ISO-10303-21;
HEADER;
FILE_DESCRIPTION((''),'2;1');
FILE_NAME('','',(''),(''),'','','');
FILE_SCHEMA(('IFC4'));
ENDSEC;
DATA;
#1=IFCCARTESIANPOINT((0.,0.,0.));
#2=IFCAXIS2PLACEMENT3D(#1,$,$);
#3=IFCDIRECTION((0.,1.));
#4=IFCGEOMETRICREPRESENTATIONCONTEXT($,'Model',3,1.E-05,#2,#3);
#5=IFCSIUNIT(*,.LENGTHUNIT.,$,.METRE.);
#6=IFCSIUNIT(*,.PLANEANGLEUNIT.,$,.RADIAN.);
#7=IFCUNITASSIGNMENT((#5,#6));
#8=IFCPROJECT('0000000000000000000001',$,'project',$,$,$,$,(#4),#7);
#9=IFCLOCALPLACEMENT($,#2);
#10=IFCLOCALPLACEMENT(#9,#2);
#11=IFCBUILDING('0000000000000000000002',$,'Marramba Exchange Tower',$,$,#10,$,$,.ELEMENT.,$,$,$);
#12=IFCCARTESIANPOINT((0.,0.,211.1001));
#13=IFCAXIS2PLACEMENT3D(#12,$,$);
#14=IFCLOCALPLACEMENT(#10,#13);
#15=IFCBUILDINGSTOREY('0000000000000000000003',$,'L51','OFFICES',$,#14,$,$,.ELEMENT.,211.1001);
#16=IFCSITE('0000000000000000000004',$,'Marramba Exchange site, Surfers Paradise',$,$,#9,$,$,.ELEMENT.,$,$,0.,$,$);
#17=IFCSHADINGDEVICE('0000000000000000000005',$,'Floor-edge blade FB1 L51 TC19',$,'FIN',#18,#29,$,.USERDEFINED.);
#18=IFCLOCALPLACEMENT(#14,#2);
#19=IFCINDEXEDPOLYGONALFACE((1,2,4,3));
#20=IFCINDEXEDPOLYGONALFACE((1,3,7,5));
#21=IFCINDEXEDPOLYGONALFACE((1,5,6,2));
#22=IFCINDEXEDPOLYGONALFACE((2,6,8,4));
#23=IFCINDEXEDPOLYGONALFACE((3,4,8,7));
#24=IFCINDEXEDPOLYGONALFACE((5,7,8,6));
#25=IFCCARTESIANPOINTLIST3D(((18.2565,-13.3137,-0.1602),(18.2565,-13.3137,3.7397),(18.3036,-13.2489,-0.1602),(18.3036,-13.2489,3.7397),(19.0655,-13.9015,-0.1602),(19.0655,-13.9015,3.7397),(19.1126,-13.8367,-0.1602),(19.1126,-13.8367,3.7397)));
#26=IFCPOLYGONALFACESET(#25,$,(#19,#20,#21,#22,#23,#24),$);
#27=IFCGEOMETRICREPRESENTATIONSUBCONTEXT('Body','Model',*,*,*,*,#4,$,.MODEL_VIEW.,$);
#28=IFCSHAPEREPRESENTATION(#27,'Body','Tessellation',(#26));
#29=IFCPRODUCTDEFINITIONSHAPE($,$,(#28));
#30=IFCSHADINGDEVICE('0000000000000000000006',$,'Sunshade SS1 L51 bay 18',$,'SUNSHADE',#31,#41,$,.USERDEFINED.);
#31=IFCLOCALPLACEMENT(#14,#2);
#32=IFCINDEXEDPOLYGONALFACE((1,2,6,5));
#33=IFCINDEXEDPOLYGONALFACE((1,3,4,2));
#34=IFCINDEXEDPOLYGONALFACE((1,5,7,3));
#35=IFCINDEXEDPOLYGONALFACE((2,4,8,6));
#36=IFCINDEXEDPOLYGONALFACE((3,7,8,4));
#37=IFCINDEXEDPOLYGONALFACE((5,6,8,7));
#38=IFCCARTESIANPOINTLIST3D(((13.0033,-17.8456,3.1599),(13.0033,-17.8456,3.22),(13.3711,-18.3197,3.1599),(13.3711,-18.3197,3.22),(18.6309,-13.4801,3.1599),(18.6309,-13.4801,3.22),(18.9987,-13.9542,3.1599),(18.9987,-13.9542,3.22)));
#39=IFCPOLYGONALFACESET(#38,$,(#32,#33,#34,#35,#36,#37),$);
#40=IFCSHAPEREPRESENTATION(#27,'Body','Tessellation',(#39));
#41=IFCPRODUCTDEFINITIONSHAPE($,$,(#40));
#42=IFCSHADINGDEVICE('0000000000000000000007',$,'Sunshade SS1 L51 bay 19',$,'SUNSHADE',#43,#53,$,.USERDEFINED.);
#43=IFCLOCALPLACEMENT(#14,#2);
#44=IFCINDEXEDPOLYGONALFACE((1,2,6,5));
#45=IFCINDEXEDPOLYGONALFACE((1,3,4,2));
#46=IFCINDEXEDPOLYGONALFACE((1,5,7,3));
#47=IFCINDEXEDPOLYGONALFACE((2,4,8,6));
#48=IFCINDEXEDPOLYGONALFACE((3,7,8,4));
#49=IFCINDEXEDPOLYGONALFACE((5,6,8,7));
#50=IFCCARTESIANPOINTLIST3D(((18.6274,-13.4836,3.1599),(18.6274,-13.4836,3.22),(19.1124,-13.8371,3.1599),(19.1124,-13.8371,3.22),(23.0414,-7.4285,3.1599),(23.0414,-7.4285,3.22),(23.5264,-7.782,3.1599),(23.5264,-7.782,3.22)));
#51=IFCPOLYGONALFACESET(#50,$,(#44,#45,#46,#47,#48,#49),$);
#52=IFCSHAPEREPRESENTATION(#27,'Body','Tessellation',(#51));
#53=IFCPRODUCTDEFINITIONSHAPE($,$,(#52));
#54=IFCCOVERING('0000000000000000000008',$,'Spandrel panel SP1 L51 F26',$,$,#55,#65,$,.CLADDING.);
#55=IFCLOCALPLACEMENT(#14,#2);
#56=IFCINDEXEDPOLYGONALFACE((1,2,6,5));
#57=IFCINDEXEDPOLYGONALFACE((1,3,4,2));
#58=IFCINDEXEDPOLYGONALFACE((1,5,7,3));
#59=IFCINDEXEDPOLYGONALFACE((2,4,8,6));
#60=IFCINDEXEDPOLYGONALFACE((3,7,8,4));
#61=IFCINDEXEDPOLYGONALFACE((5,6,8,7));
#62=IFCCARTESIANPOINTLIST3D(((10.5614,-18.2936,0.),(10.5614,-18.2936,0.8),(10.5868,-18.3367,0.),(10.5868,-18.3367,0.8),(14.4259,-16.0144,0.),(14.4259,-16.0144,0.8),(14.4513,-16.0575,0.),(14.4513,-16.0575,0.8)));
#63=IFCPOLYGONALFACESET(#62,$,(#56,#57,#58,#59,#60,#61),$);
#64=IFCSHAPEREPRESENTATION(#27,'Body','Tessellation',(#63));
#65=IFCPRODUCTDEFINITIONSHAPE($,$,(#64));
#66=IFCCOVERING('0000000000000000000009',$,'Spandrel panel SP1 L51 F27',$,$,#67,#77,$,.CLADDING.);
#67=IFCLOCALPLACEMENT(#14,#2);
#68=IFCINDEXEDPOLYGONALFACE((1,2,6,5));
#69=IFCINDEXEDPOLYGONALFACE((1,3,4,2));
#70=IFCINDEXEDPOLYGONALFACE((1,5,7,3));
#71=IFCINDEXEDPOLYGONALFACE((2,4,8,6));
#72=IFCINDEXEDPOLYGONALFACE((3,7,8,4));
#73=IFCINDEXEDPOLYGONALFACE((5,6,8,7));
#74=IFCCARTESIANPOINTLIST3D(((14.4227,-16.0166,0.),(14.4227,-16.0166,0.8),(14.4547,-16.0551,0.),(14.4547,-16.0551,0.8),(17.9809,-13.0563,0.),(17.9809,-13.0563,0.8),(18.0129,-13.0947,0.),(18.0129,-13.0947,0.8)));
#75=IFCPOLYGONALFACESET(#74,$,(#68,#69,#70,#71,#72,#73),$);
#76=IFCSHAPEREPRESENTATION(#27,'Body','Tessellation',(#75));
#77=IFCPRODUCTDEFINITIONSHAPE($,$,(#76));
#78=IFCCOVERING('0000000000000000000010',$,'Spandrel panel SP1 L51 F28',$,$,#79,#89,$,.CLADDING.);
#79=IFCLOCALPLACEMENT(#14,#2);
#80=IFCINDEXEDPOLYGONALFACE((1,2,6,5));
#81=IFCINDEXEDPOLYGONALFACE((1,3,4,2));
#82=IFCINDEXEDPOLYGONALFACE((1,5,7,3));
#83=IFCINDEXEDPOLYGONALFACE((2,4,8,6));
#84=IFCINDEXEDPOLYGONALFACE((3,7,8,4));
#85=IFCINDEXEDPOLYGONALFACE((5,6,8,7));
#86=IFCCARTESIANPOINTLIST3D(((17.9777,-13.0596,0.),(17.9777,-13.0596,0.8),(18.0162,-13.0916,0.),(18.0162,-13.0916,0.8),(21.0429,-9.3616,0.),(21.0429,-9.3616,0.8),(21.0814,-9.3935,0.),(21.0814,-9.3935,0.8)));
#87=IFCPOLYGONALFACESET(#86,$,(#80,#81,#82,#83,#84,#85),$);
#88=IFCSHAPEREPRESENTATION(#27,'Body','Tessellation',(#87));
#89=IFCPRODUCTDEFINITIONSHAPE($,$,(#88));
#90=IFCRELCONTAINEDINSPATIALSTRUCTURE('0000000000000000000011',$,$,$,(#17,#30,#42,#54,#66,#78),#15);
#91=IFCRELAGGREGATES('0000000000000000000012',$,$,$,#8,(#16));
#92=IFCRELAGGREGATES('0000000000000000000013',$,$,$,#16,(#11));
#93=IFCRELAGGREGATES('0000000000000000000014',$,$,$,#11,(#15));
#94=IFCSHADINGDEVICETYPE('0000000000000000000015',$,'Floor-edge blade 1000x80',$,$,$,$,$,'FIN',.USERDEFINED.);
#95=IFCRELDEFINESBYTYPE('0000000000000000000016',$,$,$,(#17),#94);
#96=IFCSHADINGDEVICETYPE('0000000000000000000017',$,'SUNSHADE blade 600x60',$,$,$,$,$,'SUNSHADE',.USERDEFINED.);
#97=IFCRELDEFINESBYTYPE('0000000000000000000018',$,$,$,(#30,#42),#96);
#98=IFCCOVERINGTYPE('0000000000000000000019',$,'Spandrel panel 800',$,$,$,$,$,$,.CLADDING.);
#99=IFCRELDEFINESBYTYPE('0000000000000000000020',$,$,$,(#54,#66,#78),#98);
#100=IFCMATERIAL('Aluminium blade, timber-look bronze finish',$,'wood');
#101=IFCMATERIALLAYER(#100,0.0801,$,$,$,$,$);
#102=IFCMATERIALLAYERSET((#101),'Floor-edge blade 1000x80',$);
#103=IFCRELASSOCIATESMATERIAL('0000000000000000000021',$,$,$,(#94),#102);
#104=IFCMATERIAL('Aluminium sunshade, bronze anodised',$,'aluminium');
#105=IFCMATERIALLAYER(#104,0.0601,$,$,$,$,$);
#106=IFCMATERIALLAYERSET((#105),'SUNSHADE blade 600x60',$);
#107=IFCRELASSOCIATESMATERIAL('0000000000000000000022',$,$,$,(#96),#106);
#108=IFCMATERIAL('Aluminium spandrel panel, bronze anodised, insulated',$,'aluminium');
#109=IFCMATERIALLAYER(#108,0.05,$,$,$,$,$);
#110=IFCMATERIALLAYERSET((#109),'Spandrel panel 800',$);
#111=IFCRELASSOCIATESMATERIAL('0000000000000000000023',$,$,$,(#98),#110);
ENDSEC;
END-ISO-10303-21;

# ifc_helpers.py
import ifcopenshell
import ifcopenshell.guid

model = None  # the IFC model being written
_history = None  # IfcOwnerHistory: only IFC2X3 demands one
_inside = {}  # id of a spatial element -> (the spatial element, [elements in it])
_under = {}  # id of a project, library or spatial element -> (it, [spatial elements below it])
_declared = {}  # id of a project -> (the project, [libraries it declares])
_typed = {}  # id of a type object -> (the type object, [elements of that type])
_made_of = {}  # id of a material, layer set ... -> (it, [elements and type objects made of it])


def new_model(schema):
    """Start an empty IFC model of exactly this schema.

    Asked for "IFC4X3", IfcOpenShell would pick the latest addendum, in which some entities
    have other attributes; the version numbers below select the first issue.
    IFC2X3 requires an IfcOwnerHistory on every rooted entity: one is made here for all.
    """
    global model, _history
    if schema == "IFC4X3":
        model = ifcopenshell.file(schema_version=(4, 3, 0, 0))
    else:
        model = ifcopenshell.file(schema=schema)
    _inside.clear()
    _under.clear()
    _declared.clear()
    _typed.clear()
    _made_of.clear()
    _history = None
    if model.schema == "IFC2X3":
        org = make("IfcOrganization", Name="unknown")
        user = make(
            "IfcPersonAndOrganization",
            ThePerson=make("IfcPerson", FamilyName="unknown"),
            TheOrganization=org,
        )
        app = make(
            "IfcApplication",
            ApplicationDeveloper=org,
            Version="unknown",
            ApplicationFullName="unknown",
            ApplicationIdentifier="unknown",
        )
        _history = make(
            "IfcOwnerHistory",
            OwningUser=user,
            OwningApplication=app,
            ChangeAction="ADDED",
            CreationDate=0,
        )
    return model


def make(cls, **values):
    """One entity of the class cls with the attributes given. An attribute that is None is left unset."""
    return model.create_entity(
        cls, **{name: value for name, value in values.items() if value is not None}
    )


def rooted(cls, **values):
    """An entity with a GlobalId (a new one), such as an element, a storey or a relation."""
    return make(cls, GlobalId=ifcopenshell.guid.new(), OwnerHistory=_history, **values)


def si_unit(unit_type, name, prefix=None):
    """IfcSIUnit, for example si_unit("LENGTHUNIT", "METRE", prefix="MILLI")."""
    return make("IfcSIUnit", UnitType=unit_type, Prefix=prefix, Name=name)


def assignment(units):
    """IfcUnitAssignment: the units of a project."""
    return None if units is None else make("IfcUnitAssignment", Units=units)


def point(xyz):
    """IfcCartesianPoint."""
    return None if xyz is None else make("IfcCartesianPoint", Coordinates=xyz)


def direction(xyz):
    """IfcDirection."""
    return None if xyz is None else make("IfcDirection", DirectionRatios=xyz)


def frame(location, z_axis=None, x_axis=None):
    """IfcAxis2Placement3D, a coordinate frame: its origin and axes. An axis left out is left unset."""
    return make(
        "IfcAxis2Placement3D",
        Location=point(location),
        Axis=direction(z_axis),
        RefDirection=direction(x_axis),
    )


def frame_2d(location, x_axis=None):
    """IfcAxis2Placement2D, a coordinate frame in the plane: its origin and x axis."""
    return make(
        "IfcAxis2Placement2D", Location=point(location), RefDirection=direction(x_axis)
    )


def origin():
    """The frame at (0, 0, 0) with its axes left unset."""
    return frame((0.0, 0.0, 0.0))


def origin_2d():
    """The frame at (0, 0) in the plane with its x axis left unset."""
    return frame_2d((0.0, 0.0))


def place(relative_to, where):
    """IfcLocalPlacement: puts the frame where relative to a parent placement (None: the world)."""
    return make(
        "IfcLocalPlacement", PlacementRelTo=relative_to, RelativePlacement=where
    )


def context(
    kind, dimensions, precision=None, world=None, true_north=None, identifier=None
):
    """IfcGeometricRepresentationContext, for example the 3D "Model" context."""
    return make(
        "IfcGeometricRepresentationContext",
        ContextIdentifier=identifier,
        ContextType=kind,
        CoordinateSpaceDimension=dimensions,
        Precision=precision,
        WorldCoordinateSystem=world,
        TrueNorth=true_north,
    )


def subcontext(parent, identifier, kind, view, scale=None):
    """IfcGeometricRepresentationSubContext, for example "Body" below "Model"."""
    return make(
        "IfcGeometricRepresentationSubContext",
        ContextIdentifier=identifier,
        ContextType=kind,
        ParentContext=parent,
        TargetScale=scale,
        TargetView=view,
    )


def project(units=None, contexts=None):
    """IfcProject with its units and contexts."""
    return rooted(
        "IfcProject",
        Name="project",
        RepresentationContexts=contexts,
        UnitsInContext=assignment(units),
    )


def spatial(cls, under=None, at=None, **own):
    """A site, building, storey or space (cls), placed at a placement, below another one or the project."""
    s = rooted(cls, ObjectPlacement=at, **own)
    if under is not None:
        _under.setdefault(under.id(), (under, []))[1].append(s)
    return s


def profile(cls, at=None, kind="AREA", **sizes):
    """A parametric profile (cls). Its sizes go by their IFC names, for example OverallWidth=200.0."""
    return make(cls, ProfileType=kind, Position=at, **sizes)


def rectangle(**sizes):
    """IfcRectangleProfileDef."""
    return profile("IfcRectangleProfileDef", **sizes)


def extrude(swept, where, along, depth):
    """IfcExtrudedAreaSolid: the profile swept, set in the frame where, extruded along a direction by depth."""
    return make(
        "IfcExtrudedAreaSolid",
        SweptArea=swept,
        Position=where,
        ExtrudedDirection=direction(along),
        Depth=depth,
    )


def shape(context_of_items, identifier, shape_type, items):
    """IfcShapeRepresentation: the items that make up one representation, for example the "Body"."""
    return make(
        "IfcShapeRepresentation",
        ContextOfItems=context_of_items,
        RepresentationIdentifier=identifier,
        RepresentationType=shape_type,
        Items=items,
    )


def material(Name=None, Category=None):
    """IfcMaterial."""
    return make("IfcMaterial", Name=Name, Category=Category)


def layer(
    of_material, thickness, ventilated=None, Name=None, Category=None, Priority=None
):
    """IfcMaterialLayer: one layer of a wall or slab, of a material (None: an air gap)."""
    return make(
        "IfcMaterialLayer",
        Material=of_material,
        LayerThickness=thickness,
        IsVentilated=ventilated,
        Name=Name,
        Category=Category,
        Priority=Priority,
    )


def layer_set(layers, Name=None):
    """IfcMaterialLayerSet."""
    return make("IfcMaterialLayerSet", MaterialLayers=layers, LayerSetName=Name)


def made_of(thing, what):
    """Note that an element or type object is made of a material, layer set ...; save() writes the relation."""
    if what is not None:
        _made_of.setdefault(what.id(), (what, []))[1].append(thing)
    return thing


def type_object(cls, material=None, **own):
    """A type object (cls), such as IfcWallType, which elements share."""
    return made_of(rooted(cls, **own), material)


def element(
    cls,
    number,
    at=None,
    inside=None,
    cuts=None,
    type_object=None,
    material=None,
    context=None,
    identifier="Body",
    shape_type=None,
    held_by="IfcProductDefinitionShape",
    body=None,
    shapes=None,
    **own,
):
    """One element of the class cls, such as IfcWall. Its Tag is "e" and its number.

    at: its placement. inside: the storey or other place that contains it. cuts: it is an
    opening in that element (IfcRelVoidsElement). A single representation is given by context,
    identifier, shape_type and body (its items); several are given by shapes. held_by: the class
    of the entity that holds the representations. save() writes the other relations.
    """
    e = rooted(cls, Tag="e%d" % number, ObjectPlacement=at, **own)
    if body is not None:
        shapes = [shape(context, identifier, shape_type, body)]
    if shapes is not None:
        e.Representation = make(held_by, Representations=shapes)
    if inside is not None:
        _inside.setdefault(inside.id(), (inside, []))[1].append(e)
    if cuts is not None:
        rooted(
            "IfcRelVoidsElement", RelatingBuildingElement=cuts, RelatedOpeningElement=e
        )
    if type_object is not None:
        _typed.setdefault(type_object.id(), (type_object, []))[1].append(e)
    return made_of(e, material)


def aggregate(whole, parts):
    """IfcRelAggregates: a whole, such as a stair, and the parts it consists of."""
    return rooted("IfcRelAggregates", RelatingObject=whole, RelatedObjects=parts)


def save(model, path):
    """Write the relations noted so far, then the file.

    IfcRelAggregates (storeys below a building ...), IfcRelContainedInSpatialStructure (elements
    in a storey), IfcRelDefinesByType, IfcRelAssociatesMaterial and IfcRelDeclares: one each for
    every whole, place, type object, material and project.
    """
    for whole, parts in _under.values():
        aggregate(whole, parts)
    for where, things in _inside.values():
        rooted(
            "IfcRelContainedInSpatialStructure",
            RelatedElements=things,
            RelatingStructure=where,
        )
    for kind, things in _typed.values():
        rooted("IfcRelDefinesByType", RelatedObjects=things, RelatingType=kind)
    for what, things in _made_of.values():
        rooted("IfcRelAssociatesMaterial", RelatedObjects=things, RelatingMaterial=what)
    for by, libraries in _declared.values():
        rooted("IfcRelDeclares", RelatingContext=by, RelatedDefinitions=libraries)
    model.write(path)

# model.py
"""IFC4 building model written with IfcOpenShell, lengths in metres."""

from ifc_helpers import new_model, si_unit, direction, frame, origin, origin_2d, place, context, subcontext, project, spatial, rectangle, extrude, material, layer, layer_set, type_object, element, save


model = new_model("IFC4")

# Units and contexts
model_context = context("Model", 3, precision=1e-05, world=origin(), true_north=direction((0.0, 1.0)))
body_context = subcontext(model_context, "Body", "Model", "MODEL_VIEW")
ifc_project = project(units=[si_unit("LENGTHUNIT", "METRE"), si_unit("PLANEANGLEUNIT", "RADIAN")], contexts=[model_context])

# Site, building, storey
site_placement = place(None, origin())
site = spatial("IfcSite", under=ifc_project, at=site_placement, Name="Marramba Exchange site, Surfers Paradise", CompositionType="ELEMENT", RefElevation=0.0)
building_placement = place(site_placement, origin())
building = spatial("IfcBuilding", under=site, at=building_placement, Name="Marramba Exchange Tower", CompositionType="ELEMENT")
storey_placement = place(building_placement, frame((0.0, 0.0, 211.1001)))
storey = spatial("IfcBuildingStorey", under=building, at=storey_placement, Name="L51", Description="OFFICES", CompositionType="ELEMENT", Elevation=211.1001)

# Shading devices
ifc_material_1 = material(Name="Aluminium blade, timber-look bronze finish", Category="wood")
ifc_layer_1 = layer(ifc_material_1, 0.0801)
ifc_layer_set_1 = layer_set([ifc_layer_1], Name="Floor-edge blade 1000x80")
shading_device_type_1 = type_object("IfcShadingDeviceType", Name="Floor-edge blade 1000x80", ElementType="FIN", PredefinedType="USERDEFINED", material=ifc_layer_set_1)
for number, where, z_axis, x_axis, name in (
    (1, (18.6846, -13.5752, -0.1602), (0.0, 0.0, 1.0), (0.809017, -0.587785, 0.0), "Floor-edge blade FB1 L51 TC19"),
):
    element("IfcShadingDevice", number, at=place(storey_placement, frame(where, z_axis=z_axis, x_axis=x_axis)), inside=storey, type_object=shading_device_type_1, Name=name, ObjectType="FIN", PredefinedType="USERDEFINED", context=body_context, shape_type="SweptSolid", body=[
        extrude(rectangle(XDim=1.0, YDim=0.0801, at=origin_2d()), origin(), (0.0, 0.0, 1.0), 3.8999),
    ])
ifc_material_2 = material(Name="Aluminium sunshade, bronze anodised", Category="aluminium")
ifc_layer_2 = layer(ifc_material_2, 0.0601)
ifc_layer_set_2 = layer_set([ifc_layer_2], Name="SUNSHADE blade 600x60")
shading_device_type_2 = type_object("IfcShadingDeviceType", Name="SUNSHADE blade 600x60", ElementType="SUNSHADE", PredefinedType="USERDEFINED", material=ifc_layer_set_2)
shading_device_1_placement = place(storey_placement, frame((16.001, -15.8999, 3.1599), z_axis=(0.0, 0.0, 1.0), x_axis=(0.790133, 0.612935, 0.0)))
element("IfcShadingDevice", 2, at=shading_device_1_placement, inside=storey, type_object=shading_device_type_2, Name="Sunshade SS1 L51 bay 18", ObjectType="SUNSHADE", PredefinedType="USERDEFINED", context=body_context, shape_type="SweptSolid", body=[
    extrude(rectangle(XDim=7.1223, YDim=0.6001, at=origin_2d()), origin(), (0.0, 0.0, 1.0), 0.0601),
])
shading_device_2_placement = place(storey_placement, frame((21.0769, -10.6328, 3.1599), z_axis=(0.0, 0.0, 1.0), x_axis=(0.589072, 0.808081, 0.0)))
element("IfcShadingDevice", 3, at=shading_device_2_placement, inside=storey, type_object=shading_device_type_2, Name="Sunshade SS1 L51 bay 19", ObjectType="SUNSHADE", PredefinedType="USERDEFINED", context=body_context, shape_type="SweptSolid", body=[
    extrude(rectangle(XDim=7.4932, YDim=0.6001, at=origin_2d()), origin(), (0.0, 0.0, 1.0), 0.0601),
])

# Coverings
ifc_material_3 = material(Name="Aluminium spandrel panel, bronze anodised, insulated", Category="aluminium")
ifc_layer_3 = layer(ifc_material_3, 0.05)
ifc_layer_set_3 = layer_set([ifc_layer_3], Name="Spandrel panel 800")
covering_type = type_object("IfcCoveringType", Name="Spandrel panel 800", PredefinedType="CLADDING", material=ifc_layer_set_3)
covering_1_placement = place(storey_placement, frame((12.5063, -17.1755, 0.0), z_axis=(0.0, 0.0, 1.0), x_axis=(0.861351, 0.508011, 0.0)))
element("IfcCovering", 4, at=covering_1_placement, inside=storey, type_object=covering_type, Name="Spandrel panel SP1 L51 F26", PredefinedType="CLADDING", context=body_context, shape_type="SweptSolid", body=[
    extrude(rectangle(XDim=4.4866, YDim=0.05, at=origin_2d()), origin(), (0.0, 0.0, 1.0), 0.8),
])
covering_2_placement = place(storey_placement, frame((16.2178, -14.5557, 0.0), z_axis=(0.0, 0.0, 1.0), x_axis=(0.768737, 0.639565, 0.0)))
element("IfcCovering", 5, at=covering_2_placement, inside=storey, type_object=covering_type, Name="Spandrel panel SP1 L51 F27", PredefinedType="CLADDING", context=body_context, shape_type="SweptSolid", body=[
    extrude(rectangle(XDim=4.6287, YDim=0.05, at=origin_2d()), origin(), (0.0, 0.0, 1.0), 0.8),
])
covering_3_placement = place(storey_placement, frame((19.5295, -11.2266, 0.0), z_axis=(0.0, 0.0, 1.0), x_axis=(0.63815, 0.769912, 0.0)))
element("IfcCovering", 6, at=covering_3_placement, inside=storey, type_object=covering_type, Name="Spandrel panel SP1 L51 F28", PredefinedType="CLADDING", context=body_context, shape_type="SweptSolid", body=[
    extrude(rectangle(XDim=4.8032, YDim=0.05, at=origin_2d()), origin(), (0.0, 0.0, 1.0), 0.8),
])

save(model, "model.ifc")
